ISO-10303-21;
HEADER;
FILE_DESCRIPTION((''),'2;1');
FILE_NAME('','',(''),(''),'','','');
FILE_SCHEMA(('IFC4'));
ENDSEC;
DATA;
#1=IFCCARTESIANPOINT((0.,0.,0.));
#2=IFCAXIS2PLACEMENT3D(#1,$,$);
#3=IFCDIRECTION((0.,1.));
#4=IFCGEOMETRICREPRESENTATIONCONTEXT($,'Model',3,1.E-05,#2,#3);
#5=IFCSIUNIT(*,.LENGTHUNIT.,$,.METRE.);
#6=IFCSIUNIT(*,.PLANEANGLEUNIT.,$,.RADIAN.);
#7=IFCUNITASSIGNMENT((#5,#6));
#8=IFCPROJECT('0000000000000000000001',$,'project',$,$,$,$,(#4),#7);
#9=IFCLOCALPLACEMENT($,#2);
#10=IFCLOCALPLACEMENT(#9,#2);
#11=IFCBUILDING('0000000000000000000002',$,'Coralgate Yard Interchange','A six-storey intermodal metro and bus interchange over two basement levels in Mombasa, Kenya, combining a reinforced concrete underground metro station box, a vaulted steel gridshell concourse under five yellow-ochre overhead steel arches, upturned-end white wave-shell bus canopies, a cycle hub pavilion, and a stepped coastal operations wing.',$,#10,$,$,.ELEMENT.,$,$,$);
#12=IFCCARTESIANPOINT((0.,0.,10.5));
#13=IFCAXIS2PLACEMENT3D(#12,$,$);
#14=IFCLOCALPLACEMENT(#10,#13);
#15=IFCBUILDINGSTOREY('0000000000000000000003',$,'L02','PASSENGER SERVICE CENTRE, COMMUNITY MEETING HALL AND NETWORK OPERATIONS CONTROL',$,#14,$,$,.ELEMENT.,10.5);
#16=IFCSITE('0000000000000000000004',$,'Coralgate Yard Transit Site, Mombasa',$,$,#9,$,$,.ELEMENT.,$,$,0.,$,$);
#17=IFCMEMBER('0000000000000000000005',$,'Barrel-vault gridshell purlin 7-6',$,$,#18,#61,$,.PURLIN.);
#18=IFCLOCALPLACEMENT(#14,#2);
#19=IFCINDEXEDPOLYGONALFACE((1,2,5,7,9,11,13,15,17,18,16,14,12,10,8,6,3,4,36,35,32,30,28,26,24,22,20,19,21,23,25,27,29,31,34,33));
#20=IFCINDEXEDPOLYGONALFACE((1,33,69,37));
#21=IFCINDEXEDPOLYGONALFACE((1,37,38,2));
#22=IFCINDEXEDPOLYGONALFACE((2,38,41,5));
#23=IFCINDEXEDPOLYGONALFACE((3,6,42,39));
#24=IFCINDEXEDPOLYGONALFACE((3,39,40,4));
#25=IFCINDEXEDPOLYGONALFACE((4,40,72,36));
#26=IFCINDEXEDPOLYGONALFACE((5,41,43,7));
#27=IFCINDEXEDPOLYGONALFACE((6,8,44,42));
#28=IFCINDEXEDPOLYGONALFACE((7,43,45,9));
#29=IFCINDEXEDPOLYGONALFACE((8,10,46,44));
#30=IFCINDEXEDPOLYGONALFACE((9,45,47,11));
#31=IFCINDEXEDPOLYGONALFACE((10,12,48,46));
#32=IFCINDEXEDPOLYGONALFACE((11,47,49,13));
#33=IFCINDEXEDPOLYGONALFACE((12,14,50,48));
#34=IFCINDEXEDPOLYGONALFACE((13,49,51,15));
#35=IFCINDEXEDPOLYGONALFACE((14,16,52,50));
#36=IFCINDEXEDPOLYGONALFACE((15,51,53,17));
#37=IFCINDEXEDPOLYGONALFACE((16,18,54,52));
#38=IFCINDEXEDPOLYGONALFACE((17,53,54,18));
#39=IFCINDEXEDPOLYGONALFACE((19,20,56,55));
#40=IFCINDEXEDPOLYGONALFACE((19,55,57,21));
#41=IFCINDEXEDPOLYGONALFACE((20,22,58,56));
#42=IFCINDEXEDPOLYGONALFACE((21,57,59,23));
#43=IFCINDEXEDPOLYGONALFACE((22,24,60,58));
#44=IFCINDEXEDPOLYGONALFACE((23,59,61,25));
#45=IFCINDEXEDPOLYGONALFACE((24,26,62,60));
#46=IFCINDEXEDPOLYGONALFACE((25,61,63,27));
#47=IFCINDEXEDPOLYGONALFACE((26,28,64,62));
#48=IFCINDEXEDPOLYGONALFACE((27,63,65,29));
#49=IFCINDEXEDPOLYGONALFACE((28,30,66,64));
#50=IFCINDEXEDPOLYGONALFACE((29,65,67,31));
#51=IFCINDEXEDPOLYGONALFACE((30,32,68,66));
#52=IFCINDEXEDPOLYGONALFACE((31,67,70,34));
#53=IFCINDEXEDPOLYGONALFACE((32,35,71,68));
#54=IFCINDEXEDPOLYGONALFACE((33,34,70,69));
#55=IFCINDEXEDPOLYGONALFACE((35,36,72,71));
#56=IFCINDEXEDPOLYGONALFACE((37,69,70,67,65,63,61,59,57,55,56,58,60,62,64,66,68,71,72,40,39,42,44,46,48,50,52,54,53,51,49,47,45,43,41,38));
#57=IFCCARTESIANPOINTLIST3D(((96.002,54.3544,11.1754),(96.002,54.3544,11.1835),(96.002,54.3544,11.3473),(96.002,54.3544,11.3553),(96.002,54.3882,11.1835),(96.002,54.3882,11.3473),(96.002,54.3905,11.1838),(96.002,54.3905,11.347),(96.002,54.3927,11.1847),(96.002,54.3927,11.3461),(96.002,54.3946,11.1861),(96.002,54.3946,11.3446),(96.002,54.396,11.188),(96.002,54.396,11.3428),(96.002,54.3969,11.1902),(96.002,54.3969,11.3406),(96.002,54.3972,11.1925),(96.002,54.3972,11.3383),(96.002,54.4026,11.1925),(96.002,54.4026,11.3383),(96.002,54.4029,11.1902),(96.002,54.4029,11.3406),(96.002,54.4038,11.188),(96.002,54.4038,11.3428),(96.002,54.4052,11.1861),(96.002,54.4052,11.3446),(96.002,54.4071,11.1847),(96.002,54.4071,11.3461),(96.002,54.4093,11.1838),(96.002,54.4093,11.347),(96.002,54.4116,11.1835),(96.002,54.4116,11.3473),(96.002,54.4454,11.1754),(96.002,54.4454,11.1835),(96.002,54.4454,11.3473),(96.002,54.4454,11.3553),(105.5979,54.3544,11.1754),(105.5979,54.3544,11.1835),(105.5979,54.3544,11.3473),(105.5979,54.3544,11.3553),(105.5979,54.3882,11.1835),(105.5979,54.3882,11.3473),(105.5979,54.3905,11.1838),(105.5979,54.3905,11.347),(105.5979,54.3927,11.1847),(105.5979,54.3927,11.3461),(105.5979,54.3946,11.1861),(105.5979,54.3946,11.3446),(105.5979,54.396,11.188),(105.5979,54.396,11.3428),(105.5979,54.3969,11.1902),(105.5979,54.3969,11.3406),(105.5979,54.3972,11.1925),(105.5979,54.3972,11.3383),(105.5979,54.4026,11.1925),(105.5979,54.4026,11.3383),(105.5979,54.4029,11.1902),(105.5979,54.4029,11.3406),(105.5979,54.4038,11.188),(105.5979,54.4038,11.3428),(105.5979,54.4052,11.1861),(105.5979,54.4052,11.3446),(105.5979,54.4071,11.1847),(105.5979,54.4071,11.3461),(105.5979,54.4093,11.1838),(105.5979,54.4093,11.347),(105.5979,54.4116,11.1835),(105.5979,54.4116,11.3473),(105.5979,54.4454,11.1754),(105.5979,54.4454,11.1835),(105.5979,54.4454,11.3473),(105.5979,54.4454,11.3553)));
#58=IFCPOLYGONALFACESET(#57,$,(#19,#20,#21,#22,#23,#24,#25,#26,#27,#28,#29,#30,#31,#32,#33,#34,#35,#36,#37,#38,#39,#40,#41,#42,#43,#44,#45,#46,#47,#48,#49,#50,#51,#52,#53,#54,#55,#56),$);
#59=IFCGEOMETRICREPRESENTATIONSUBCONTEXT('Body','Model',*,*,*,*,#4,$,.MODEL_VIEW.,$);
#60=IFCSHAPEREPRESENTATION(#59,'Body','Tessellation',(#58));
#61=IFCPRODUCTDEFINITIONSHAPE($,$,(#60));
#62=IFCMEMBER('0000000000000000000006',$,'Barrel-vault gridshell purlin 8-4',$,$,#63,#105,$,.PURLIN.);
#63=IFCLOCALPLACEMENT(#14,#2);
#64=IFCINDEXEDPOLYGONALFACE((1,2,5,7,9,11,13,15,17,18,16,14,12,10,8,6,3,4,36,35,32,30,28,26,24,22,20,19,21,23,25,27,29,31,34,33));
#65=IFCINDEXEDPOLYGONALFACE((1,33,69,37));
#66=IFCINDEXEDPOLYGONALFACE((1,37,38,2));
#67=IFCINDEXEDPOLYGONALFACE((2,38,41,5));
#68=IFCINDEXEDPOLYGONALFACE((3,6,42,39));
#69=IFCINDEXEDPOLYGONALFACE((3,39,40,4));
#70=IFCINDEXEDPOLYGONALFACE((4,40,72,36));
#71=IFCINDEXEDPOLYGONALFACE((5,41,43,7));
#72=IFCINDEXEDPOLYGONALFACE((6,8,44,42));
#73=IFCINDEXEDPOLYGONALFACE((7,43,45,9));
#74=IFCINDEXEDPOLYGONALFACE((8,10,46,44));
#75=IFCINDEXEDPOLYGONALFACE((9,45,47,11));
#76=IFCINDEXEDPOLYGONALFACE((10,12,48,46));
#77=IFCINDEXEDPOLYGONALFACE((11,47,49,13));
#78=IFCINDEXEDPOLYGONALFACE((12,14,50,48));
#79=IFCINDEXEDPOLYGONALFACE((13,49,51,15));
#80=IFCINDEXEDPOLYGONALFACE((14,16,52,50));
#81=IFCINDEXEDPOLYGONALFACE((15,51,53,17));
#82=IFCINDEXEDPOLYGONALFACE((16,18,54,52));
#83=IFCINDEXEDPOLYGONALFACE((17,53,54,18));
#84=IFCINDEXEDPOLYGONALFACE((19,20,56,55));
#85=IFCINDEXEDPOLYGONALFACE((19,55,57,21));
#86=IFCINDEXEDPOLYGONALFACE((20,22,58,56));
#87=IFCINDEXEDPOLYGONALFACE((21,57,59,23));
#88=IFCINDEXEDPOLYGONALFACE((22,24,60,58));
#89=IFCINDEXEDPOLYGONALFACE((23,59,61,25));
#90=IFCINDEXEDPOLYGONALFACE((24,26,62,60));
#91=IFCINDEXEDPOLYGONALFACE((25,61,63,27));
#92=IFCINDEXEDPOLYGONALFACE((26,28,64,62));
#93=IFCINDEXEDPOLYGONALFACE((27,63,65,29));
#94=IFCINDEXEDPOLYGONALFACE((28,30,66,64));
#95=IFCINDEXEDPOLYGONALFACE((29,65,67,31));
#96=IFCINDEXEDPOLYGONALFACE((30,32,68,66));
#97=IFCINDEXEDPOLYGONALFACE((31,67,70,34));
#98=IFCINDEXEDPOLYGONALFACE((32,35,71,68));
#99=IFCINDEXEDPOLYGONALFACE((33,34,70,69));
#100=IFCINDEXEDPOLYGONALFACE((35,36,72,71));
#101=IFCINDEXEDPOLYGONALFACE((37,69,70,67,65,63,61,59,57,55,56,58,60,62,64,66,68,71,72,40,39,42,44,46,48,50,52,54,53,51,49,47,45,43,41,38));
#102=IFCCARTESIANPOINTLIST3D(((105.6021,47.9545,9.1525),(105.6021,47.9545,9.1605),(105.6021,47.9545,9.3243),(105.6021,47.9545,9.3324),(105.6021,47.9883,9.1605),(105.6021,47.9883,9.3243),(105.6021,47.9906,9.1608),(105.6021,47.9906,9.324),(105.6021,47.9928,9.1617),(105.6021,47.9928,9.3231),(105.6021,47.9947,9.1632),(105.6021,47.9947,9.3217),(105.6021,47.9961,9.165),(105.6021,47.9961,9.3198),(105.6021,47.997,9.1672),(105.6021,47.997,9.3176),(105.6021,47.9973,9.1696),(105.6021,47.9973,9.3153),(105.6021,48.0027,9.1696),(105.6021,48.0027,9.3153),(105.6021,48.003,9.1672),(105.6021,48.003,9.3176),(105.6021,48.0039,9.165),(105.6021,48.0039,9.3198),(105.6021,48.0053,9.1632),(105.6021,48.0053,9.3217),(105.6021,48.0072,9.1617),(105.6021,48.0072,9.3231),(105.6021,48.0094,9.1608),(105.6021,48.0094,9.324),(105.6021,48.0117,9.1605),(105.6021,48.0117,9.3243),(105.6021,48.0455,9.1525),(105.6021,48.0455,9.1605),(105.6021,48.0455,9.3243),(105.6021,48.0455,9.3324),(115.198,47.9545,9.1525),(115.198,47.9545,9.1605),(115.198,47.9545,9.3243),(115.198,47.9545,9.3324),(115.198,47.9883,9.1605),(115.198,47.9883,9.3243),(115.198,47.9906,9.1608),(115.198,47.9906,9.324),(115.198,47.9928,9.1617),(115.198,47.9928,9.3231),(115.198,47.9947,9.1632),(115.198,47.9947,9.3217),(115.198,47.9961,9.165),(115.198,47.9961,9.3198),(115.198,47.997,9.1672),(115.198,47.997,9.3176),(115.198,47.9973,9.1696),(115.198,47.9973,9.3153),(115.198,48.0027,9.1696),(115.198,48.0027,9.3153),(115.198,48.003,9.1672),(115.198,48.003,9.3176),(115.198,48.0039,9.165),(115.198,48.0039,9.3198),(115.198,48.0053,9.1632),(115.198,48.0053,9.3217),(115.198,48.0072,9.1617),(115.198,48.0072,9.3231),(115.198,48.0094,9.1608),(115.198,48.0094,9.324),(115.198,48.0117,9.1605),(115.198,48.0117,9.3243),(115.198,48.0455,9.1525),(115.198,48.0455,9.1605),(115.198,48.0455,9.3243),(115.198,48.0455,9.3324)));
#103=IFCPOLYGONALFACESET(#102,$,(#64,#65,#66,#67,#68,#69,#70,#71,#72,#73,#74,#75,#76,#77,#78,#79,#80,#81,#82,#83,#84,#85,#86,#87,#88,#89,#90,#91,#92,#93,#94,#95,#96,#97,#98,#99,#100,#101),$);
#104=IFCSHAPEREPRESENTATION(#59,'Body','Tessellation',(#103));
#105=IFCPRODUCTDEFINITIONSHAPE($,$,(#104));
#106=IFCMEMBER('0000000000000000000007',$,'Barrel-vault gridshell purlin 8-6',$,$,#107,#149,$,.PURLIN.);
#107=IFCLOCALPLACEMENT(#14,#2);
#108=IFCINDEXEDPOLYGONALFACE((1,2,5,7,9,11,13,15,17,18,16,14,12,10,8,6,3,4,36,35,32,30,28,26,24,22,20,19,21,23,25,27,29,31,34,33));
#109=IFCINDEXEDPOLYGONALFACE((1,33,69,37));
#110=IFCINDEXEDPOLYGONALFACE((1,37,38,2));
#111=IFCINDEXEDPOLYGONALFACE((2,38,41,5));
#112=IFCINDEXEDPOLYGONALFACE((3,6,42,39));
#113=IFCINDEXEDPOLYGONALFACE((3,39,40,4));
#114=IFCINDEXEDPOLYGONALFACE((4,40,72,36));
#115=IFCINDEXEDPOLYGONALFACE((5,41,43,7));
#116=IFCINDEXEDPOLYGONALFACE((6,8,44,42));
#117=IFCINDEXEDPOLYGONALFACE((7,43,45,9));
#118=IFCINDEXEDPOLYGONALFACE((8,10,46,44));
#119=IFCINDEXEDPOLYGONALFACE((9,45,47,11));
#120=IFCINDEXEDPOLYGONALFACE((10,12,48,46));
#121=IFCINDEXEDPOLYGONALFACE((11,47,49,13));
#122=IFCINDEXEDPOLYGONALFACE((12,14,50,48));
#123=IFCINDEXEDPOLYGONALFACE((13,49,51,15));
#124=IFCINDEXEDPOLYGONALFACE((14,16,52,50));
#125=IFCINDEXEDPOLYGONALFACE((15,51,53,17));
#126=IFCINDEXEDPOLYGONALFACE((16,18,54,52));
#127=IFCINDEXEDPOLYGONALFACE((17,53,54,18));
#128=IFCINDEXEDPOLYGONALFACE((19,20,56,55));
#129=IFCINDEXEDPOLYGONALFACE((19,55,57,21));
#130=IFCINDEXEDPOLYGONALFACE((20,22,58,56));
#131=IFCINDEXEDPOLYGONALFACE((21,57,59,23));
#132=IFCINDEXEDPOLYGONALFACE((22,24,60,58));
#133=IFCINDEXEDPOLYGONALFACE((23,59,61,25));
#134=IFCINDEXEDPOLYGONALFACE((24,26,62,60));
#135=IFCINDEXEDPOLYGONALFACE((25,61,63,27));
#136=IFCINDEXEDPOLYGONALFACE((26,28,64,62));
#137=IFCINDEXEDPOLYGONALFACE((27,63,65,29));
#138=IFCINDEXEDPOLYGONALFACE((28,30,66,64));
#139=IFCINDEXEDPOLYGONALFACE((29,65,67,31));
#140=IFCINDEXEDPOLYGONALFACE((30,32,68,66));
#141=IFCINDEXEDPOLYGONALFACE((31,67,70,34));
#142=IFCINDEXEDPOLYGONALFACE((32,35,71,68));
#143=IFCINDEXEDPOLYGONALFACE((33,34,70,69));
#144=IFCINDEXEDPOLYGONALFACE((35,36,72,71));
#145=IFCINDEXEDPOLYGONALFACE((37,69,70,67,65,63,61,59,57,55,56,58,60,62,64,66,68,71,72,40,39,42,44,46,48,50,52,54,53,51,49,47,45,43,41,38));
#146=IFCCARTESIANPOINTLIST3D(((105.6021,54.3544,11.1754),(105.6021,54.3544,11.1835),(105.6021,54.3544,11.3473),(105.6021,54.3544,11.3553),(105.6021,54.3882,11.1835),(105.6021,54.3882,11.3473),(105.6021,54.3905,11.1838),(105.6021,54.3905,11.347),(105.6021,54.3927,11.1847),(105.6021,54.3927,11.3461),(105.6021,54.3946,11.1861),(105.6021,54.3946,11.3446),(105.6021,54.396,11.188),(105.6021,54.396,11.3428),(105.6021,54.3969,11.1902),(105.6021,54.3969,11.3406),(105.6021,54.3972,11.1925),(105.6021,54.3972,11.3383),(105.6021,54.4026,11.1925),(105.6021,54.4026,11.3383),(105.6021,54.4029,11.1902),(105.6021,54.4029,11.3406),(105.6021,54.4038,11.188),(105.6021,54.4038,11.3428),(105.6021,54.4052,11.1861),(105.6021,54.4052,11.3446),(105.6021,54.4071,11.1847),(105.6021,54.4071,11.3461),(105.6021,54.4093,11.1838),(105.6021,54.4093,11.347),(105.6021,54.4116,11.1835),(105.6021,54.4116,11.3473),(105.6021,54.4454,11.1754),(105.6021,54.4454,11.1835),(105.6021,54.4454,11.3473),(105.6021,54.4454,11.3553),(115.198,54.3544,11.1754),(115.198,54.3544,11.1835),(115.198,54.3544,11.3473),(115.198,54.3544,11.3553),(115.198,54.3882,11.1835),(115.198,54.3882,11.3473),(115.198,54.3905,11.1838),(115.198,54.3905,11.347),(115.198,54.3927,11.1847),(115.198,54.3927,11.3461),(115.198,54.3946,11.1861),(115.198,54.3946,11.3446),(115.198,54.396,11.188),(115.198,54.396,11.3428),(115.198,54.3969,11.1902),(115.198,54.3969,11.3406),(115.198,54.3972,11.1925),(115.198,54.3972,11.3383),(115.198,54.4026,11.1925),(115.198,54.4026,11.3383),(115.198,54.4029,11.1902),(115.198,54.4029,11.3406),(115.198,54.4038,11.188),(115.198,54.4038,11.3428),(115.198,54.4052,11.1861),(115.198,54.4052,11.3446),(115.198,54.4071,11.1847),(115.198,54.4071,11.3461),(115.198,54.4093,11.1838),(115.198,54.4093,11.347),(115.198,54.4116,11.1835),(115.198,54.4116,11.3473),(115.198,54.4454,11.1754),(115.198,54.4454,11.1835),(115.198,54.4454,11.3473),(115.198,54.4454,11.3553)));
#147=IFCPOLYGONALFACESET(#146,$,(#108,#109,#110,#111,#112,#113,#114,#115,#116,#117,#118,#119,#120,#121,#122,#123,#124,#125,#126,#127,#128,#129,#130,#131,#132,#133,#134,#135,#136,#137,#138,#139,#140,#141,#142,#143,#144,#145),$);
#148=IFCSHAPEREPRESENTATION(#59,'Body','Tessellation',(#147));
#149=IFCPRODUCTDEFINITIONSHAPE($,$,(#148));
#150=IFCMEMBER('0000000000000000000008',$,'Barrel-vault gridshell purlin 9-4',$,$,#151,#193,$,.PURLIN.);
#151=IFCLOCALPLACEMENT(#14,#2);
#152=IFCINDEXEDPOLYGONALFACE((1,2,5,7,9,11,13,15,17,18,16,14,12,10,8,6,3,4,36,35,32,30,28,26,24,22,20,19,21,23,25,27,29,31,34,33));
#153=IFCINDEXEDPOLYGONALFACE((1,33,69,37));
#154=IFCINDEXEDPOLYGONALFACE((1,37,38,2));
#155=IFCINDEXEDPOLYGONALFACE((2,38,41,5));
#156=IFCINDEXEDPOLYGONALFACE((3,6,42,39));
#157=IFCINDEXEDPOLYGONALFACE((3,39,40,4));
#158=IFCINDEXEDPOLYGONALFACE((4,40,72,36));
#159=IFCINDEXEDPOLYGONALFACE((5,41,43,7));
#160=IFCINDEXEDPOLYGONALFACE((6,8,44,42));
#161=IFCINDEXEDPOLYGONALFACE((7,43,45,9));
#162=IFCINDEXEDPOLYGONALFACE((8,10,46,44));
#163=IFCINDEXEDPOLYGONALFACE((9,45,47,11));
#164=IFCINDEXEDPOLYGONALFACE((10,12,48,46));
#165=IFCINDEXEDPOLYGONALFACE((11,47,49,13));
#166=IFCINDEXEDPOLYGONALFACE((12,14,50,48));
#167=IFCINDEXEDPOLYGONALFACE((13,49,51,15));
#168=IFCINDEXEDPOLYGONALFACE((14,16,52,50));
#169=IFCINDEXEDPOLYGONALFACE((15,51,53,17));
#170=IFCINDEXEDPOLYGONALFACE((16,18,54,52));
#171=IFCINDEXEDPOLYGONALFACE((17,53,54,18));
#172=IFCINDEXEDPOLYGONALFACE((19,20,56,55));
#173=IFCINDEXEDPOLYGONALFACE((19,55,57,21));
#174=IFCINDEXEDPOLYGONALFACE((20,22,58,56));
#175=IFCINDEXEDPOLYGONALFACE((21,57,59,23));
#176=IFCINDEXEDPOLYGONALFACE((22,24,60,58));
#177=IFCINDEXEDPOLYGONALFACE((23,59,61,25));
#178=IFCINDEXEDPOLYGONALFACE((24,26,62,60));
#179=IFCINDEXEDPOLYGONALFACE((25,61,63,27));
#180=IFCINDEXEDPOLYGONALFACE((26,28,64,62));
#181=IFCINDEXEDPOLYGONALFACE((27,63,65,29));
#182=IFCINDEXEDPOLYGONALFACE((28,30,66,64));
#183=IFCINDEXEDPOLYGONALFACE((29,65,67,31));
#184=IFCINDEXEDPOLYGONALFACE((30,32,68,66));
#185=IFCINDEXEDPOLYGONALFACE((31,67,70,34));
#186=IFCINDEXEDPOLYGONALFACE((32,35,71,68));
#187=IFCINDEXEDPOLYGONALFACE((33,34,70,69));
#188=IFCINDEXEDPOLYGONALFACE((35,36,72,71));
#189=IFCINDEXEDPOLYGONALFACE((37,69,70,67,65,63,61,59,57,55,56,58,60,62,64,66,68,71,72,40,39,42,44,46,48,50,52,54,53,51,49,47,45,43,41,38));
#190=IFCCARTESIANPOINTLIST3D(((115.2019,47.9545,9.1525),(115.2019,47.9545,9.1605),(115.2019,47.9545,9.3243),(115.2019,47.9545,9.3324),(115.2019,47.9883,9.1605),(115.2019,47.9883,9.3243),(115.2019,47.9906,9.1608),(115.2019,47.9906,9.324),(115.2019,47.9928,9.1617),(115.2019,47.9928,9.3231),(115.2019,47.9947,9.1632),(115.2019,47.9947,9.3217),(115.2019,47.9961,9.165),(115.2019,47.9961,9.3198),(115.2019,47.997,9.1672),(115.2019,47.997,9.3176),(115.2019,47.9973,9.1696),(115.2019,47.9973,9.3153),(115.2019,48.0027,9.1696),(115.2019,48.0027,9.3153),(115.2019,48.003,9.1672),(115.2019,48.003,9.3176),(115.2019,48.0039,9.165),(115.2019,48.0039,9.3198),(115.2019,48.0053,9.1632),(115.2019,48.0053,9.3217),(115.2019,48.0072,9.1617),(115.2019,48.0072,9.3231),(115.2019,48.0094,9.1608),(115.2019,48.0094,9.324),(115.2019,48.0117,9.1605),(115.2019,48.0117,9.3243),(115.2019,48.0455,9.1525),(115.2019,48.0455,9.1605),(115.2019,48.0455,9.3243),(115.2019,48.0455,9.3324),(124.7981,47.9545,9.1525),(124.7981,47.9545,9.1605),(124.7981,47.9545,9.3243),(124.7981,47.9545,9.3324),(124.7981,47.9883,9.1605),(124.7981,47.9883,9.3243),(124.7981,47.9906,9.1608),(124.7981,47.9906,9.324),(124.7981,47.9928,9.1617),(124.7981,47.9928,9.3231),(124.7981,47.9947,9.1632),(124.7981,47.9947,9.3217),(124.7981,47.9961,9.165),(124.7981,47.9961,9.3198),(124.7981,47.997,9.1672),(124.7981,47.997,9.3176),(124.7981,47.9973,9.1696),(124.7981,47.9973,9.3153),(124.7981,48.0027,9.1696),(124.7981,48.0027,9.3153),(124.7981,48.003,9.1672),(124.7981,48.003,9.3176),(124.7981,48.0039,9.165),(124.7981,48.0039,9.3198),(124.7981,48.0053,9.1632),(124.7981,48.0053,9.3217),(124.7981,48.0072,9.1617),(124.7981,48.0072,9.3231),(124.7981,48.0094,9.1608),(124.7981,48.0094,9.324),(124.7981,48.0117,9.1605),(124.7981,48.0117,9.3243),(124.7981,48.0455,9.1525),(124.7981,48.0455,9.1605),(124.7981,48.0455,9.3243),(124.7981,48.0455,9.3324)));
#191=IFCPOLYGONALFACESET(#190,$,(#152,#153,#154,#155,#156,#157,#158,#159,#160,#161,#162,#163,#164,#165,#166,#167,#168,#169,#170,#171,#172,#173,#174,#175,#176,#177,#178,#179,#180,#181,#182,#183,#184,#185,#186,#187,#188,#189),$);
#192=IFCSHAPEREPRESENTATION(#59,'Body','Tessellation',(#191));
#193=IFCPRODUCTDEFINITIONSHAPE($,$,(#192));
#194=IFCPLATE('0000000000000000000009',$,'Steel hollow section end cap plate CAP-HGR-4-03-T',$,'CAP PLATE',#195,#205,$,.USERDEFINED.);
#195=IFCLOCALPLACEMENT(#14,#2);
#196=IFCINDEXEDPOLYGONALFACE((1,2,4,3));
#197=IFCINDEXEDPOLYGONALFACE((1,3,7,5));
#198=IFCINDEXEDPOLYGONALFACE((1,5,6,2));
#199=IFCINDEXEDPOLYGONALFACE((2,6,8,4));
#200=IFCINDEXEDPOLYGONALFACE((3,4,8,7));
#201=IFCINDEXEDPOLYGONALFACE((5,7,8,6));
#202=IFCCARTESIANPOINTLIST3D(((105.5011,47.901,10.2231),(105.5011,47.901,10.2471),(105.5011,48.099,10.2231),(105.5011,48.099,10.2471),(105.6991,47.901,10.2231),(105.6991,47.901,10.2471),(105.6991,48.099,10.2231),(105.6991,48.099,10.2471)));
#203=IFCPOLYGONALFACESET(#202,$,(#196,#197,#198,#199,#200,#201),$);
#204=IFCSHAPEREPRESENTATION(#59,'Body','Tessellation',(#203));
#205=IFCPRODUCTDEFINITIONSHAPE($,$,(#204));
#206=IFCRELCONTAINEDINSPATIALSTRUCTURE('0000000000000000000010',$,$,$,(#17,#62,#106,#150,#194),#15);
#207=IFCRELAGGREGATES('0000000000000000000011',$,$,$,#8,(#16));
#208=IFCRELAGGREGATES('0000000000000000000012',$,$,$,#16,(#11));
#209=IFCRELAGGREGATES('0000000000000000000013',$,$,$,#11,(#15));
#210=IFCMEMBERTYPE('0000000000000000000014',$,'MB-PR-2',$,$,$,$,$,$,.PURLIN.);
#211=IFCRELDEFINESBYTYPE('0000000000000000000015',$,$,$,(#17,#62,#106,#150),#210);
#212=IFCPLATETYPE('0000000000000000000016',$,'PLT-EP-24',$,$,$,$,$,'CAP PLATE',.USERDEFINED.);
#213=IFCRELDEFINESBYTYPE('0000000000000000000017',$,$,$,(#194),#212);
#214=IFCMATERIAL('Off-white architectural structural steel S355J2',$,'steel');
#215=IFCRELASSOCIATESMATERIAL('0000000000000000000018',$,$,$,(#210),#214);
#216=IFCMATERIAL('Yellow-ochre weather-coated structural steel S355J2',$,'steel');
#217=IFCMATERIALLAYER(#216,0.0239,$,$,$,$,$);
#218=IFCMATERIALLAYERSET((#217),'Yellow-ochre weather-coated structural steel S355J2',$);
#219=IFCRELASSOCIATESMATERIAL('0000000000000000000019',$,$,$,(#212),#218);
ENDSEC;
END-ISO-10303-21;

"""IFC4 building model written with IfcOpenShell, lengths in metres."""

from ifc_helpers import new_model, si_unit, direction, frame, origin, origin_2d, place, context, subcontext, project, spatial, rectangle, i_section, extrude, material, layer, layer_set, material_profile, profile_set, type_object, element, save


model = new_model("IFC4")

# Units and contexts
model_context = context("Model", 3, precision=1e-05, world=origin(), true_north=direction((0.0, 1.0)))
body_context = subcontext(model_context, "Body", "Model", "MODEL_VIEW")
ifc_project = project(units=[si_unit("LENGTHUNIT", "METRE"), si_unit("PLANEANGLEUNIT", "RADIAN")], contexts=[model_context])

# Site, building, storey
site_placement = place(None, origin())
site = spatial("IfcSite", under=ifc_project, at=site_placement, Name="Coralgate Yard Transit Site, Mombasa", CompositionType="ELEMENT", RefElevation=0.0)
building_placement = place(site_placement, origin())
building = spatial("IfcBuilding", under=site, at=building_placement, Name="Coralgate Yard Interchange", Description="A six-storey intermodal metro and bus interchange over two basement levels in Mombasa, Kenya, combining a reinforced concrete underground metro station box, a vaulted steel gridshell concourse under five yellow-ochre overhead steel arches, upturned-end white wave-shell bus canopies, a cycle hub pavilion, and a stepped coastal operations wing.", CompositionType="ELEMENT")
storey_placement = place(building_placement, frame((0.0, 0.0, 10.5)))
storey = spatial("IfcBuildingStorey", under=building, at=storey_placement, Name="L02", Description="PASSENGER SERVICE CENTRE, COMMUNITY MEETING HALL AND NETWORK OPERATIONS CONTROL", CompositionType="ELEMENT", Elevation=10.5)

# Shared definitions
ifc_material_1 = material(Name="Yellow-ochre weather-coated structural steel S355J2", Category="steel")

# Members
ifc_material_2 = material(Name="Off-white architectural structural steel S355J2", Category="steel")
ifc_material_profile_1 = material_profile(ifc_material_2, i_section(OverallWidth=0.0911, OverallDepth=0.1799, WebThickness=0.0054, FlangeThickness=0.0081, FilletRadius=0.009, at=origin_2d()), Name="IPE 180")
ifc_profile_set_1 = profile_set([ifc_material_profile_1], Name="Off-white architectural structural steel S355J2")
member_type_1 = type_object("IfcMemberType", Name="MB-PR-2", PredefinedType="PURLIN", material=ifc_profile_set_1)
for number, where, z_axis, x_axis, name in (
    (1, (96.002, 54.3999, 11.2654), (1.0, 0.0, 0.0), (0.0, 1.0, 0.0), "Barrel-vault gridshell purlin 7-6"),
    (2, (105.6021, 48.0, 9.2424), (1.0, 0.0, 0.0), (0.0, 1.0, 0.0), "Barrel-vault gridshell purlin 8-4"),
    (3, (105.6021, 54.3999, 11.2654), (1.0, 0.0, 0.0), (0.0, 1.0, 0.0), "Barrel-vault gridshell purlin 8-6"),
):
    element("IfcMember", number, at=place(storey_placement, frame(where, z_axis=z_axis, x_axis=x_axis)), inside=storey, type_object=member_type_1, Name=name, PredefinedType="PURLIN", context=body_context, shape_type="SweptSolid", body=[
        extrude(i_section(OverallWidth=0.0911, OverallDepth=0.1799, WebThickness=0.0054, FlangeThickness=0.0081, FilletRadius=0.009, at=origin_2d()), origin(), (0.0, 0.0, 1.0), 9.5959),
    ])
member_1_placement = place(storey_placement, frame((115.2019, 48.0, 9.2424), z_axis=(1.0, 0.0, 0.0), x_axis=(0.0, 1.0, 0.0)))
element("IfcMember", 4, at=member_1_placement, inside=storey, type_object=member_type_1, Name="Barrel-vault gridshell purlin 9-4", PredefinedType="PURLIN", context=body_context, shape_type="SweptSolid", body=[
    extrude(i_section(OverallWidth=0.0911, OverallDepth=0.1799, WebThickness=0.0054, FlangeThickness=0.0081, FilletRadius=0.009, at=origin_2d()), origin(), (0.0, 0.0, 1.0), 9.5962),
])

# Plate
ifc_layer_1 = layer(ifc_material_1, 0.0239)
ifc_layer_set_1 = layer_set([ifc_layer_1], Name="Yellow-ochre weather-coated structural steel S355J2")
plate_type_1 = type_object("IfcPlateType", Name="PLT-EP-24", ElementType="CAP PLATE", PredefinedType="USERDEFINED", material=ifc_layer_set_1)
for number, where, z_axis, x_axis, name in (
    (5, (105.6001, 48.0, 10.2231), (0.0, 0.0, 1.0), (1.0, 0.0, 0.0), "Steel hollow section end cap plate CAP-HGR-4-03-T"),
):
    element("IfcPlate", number, at=place(storey_placement, frame(where, z_axis=z_axis, x_axis=x_axis)), inside=storey, type_object=plate_type_1, Name=name, ObjectType="CAP PLATE", PredefinedType="USERDEFINED", context=body_context, shape_type="SweptSolid", body=[
        extrude(rectangle(XDim=0.198, YDim=0.198, at=origin_2d()), origin(), (0.0, 0.0, 1.0), 0.0239),
    ])

save(model, "model.ifc")
